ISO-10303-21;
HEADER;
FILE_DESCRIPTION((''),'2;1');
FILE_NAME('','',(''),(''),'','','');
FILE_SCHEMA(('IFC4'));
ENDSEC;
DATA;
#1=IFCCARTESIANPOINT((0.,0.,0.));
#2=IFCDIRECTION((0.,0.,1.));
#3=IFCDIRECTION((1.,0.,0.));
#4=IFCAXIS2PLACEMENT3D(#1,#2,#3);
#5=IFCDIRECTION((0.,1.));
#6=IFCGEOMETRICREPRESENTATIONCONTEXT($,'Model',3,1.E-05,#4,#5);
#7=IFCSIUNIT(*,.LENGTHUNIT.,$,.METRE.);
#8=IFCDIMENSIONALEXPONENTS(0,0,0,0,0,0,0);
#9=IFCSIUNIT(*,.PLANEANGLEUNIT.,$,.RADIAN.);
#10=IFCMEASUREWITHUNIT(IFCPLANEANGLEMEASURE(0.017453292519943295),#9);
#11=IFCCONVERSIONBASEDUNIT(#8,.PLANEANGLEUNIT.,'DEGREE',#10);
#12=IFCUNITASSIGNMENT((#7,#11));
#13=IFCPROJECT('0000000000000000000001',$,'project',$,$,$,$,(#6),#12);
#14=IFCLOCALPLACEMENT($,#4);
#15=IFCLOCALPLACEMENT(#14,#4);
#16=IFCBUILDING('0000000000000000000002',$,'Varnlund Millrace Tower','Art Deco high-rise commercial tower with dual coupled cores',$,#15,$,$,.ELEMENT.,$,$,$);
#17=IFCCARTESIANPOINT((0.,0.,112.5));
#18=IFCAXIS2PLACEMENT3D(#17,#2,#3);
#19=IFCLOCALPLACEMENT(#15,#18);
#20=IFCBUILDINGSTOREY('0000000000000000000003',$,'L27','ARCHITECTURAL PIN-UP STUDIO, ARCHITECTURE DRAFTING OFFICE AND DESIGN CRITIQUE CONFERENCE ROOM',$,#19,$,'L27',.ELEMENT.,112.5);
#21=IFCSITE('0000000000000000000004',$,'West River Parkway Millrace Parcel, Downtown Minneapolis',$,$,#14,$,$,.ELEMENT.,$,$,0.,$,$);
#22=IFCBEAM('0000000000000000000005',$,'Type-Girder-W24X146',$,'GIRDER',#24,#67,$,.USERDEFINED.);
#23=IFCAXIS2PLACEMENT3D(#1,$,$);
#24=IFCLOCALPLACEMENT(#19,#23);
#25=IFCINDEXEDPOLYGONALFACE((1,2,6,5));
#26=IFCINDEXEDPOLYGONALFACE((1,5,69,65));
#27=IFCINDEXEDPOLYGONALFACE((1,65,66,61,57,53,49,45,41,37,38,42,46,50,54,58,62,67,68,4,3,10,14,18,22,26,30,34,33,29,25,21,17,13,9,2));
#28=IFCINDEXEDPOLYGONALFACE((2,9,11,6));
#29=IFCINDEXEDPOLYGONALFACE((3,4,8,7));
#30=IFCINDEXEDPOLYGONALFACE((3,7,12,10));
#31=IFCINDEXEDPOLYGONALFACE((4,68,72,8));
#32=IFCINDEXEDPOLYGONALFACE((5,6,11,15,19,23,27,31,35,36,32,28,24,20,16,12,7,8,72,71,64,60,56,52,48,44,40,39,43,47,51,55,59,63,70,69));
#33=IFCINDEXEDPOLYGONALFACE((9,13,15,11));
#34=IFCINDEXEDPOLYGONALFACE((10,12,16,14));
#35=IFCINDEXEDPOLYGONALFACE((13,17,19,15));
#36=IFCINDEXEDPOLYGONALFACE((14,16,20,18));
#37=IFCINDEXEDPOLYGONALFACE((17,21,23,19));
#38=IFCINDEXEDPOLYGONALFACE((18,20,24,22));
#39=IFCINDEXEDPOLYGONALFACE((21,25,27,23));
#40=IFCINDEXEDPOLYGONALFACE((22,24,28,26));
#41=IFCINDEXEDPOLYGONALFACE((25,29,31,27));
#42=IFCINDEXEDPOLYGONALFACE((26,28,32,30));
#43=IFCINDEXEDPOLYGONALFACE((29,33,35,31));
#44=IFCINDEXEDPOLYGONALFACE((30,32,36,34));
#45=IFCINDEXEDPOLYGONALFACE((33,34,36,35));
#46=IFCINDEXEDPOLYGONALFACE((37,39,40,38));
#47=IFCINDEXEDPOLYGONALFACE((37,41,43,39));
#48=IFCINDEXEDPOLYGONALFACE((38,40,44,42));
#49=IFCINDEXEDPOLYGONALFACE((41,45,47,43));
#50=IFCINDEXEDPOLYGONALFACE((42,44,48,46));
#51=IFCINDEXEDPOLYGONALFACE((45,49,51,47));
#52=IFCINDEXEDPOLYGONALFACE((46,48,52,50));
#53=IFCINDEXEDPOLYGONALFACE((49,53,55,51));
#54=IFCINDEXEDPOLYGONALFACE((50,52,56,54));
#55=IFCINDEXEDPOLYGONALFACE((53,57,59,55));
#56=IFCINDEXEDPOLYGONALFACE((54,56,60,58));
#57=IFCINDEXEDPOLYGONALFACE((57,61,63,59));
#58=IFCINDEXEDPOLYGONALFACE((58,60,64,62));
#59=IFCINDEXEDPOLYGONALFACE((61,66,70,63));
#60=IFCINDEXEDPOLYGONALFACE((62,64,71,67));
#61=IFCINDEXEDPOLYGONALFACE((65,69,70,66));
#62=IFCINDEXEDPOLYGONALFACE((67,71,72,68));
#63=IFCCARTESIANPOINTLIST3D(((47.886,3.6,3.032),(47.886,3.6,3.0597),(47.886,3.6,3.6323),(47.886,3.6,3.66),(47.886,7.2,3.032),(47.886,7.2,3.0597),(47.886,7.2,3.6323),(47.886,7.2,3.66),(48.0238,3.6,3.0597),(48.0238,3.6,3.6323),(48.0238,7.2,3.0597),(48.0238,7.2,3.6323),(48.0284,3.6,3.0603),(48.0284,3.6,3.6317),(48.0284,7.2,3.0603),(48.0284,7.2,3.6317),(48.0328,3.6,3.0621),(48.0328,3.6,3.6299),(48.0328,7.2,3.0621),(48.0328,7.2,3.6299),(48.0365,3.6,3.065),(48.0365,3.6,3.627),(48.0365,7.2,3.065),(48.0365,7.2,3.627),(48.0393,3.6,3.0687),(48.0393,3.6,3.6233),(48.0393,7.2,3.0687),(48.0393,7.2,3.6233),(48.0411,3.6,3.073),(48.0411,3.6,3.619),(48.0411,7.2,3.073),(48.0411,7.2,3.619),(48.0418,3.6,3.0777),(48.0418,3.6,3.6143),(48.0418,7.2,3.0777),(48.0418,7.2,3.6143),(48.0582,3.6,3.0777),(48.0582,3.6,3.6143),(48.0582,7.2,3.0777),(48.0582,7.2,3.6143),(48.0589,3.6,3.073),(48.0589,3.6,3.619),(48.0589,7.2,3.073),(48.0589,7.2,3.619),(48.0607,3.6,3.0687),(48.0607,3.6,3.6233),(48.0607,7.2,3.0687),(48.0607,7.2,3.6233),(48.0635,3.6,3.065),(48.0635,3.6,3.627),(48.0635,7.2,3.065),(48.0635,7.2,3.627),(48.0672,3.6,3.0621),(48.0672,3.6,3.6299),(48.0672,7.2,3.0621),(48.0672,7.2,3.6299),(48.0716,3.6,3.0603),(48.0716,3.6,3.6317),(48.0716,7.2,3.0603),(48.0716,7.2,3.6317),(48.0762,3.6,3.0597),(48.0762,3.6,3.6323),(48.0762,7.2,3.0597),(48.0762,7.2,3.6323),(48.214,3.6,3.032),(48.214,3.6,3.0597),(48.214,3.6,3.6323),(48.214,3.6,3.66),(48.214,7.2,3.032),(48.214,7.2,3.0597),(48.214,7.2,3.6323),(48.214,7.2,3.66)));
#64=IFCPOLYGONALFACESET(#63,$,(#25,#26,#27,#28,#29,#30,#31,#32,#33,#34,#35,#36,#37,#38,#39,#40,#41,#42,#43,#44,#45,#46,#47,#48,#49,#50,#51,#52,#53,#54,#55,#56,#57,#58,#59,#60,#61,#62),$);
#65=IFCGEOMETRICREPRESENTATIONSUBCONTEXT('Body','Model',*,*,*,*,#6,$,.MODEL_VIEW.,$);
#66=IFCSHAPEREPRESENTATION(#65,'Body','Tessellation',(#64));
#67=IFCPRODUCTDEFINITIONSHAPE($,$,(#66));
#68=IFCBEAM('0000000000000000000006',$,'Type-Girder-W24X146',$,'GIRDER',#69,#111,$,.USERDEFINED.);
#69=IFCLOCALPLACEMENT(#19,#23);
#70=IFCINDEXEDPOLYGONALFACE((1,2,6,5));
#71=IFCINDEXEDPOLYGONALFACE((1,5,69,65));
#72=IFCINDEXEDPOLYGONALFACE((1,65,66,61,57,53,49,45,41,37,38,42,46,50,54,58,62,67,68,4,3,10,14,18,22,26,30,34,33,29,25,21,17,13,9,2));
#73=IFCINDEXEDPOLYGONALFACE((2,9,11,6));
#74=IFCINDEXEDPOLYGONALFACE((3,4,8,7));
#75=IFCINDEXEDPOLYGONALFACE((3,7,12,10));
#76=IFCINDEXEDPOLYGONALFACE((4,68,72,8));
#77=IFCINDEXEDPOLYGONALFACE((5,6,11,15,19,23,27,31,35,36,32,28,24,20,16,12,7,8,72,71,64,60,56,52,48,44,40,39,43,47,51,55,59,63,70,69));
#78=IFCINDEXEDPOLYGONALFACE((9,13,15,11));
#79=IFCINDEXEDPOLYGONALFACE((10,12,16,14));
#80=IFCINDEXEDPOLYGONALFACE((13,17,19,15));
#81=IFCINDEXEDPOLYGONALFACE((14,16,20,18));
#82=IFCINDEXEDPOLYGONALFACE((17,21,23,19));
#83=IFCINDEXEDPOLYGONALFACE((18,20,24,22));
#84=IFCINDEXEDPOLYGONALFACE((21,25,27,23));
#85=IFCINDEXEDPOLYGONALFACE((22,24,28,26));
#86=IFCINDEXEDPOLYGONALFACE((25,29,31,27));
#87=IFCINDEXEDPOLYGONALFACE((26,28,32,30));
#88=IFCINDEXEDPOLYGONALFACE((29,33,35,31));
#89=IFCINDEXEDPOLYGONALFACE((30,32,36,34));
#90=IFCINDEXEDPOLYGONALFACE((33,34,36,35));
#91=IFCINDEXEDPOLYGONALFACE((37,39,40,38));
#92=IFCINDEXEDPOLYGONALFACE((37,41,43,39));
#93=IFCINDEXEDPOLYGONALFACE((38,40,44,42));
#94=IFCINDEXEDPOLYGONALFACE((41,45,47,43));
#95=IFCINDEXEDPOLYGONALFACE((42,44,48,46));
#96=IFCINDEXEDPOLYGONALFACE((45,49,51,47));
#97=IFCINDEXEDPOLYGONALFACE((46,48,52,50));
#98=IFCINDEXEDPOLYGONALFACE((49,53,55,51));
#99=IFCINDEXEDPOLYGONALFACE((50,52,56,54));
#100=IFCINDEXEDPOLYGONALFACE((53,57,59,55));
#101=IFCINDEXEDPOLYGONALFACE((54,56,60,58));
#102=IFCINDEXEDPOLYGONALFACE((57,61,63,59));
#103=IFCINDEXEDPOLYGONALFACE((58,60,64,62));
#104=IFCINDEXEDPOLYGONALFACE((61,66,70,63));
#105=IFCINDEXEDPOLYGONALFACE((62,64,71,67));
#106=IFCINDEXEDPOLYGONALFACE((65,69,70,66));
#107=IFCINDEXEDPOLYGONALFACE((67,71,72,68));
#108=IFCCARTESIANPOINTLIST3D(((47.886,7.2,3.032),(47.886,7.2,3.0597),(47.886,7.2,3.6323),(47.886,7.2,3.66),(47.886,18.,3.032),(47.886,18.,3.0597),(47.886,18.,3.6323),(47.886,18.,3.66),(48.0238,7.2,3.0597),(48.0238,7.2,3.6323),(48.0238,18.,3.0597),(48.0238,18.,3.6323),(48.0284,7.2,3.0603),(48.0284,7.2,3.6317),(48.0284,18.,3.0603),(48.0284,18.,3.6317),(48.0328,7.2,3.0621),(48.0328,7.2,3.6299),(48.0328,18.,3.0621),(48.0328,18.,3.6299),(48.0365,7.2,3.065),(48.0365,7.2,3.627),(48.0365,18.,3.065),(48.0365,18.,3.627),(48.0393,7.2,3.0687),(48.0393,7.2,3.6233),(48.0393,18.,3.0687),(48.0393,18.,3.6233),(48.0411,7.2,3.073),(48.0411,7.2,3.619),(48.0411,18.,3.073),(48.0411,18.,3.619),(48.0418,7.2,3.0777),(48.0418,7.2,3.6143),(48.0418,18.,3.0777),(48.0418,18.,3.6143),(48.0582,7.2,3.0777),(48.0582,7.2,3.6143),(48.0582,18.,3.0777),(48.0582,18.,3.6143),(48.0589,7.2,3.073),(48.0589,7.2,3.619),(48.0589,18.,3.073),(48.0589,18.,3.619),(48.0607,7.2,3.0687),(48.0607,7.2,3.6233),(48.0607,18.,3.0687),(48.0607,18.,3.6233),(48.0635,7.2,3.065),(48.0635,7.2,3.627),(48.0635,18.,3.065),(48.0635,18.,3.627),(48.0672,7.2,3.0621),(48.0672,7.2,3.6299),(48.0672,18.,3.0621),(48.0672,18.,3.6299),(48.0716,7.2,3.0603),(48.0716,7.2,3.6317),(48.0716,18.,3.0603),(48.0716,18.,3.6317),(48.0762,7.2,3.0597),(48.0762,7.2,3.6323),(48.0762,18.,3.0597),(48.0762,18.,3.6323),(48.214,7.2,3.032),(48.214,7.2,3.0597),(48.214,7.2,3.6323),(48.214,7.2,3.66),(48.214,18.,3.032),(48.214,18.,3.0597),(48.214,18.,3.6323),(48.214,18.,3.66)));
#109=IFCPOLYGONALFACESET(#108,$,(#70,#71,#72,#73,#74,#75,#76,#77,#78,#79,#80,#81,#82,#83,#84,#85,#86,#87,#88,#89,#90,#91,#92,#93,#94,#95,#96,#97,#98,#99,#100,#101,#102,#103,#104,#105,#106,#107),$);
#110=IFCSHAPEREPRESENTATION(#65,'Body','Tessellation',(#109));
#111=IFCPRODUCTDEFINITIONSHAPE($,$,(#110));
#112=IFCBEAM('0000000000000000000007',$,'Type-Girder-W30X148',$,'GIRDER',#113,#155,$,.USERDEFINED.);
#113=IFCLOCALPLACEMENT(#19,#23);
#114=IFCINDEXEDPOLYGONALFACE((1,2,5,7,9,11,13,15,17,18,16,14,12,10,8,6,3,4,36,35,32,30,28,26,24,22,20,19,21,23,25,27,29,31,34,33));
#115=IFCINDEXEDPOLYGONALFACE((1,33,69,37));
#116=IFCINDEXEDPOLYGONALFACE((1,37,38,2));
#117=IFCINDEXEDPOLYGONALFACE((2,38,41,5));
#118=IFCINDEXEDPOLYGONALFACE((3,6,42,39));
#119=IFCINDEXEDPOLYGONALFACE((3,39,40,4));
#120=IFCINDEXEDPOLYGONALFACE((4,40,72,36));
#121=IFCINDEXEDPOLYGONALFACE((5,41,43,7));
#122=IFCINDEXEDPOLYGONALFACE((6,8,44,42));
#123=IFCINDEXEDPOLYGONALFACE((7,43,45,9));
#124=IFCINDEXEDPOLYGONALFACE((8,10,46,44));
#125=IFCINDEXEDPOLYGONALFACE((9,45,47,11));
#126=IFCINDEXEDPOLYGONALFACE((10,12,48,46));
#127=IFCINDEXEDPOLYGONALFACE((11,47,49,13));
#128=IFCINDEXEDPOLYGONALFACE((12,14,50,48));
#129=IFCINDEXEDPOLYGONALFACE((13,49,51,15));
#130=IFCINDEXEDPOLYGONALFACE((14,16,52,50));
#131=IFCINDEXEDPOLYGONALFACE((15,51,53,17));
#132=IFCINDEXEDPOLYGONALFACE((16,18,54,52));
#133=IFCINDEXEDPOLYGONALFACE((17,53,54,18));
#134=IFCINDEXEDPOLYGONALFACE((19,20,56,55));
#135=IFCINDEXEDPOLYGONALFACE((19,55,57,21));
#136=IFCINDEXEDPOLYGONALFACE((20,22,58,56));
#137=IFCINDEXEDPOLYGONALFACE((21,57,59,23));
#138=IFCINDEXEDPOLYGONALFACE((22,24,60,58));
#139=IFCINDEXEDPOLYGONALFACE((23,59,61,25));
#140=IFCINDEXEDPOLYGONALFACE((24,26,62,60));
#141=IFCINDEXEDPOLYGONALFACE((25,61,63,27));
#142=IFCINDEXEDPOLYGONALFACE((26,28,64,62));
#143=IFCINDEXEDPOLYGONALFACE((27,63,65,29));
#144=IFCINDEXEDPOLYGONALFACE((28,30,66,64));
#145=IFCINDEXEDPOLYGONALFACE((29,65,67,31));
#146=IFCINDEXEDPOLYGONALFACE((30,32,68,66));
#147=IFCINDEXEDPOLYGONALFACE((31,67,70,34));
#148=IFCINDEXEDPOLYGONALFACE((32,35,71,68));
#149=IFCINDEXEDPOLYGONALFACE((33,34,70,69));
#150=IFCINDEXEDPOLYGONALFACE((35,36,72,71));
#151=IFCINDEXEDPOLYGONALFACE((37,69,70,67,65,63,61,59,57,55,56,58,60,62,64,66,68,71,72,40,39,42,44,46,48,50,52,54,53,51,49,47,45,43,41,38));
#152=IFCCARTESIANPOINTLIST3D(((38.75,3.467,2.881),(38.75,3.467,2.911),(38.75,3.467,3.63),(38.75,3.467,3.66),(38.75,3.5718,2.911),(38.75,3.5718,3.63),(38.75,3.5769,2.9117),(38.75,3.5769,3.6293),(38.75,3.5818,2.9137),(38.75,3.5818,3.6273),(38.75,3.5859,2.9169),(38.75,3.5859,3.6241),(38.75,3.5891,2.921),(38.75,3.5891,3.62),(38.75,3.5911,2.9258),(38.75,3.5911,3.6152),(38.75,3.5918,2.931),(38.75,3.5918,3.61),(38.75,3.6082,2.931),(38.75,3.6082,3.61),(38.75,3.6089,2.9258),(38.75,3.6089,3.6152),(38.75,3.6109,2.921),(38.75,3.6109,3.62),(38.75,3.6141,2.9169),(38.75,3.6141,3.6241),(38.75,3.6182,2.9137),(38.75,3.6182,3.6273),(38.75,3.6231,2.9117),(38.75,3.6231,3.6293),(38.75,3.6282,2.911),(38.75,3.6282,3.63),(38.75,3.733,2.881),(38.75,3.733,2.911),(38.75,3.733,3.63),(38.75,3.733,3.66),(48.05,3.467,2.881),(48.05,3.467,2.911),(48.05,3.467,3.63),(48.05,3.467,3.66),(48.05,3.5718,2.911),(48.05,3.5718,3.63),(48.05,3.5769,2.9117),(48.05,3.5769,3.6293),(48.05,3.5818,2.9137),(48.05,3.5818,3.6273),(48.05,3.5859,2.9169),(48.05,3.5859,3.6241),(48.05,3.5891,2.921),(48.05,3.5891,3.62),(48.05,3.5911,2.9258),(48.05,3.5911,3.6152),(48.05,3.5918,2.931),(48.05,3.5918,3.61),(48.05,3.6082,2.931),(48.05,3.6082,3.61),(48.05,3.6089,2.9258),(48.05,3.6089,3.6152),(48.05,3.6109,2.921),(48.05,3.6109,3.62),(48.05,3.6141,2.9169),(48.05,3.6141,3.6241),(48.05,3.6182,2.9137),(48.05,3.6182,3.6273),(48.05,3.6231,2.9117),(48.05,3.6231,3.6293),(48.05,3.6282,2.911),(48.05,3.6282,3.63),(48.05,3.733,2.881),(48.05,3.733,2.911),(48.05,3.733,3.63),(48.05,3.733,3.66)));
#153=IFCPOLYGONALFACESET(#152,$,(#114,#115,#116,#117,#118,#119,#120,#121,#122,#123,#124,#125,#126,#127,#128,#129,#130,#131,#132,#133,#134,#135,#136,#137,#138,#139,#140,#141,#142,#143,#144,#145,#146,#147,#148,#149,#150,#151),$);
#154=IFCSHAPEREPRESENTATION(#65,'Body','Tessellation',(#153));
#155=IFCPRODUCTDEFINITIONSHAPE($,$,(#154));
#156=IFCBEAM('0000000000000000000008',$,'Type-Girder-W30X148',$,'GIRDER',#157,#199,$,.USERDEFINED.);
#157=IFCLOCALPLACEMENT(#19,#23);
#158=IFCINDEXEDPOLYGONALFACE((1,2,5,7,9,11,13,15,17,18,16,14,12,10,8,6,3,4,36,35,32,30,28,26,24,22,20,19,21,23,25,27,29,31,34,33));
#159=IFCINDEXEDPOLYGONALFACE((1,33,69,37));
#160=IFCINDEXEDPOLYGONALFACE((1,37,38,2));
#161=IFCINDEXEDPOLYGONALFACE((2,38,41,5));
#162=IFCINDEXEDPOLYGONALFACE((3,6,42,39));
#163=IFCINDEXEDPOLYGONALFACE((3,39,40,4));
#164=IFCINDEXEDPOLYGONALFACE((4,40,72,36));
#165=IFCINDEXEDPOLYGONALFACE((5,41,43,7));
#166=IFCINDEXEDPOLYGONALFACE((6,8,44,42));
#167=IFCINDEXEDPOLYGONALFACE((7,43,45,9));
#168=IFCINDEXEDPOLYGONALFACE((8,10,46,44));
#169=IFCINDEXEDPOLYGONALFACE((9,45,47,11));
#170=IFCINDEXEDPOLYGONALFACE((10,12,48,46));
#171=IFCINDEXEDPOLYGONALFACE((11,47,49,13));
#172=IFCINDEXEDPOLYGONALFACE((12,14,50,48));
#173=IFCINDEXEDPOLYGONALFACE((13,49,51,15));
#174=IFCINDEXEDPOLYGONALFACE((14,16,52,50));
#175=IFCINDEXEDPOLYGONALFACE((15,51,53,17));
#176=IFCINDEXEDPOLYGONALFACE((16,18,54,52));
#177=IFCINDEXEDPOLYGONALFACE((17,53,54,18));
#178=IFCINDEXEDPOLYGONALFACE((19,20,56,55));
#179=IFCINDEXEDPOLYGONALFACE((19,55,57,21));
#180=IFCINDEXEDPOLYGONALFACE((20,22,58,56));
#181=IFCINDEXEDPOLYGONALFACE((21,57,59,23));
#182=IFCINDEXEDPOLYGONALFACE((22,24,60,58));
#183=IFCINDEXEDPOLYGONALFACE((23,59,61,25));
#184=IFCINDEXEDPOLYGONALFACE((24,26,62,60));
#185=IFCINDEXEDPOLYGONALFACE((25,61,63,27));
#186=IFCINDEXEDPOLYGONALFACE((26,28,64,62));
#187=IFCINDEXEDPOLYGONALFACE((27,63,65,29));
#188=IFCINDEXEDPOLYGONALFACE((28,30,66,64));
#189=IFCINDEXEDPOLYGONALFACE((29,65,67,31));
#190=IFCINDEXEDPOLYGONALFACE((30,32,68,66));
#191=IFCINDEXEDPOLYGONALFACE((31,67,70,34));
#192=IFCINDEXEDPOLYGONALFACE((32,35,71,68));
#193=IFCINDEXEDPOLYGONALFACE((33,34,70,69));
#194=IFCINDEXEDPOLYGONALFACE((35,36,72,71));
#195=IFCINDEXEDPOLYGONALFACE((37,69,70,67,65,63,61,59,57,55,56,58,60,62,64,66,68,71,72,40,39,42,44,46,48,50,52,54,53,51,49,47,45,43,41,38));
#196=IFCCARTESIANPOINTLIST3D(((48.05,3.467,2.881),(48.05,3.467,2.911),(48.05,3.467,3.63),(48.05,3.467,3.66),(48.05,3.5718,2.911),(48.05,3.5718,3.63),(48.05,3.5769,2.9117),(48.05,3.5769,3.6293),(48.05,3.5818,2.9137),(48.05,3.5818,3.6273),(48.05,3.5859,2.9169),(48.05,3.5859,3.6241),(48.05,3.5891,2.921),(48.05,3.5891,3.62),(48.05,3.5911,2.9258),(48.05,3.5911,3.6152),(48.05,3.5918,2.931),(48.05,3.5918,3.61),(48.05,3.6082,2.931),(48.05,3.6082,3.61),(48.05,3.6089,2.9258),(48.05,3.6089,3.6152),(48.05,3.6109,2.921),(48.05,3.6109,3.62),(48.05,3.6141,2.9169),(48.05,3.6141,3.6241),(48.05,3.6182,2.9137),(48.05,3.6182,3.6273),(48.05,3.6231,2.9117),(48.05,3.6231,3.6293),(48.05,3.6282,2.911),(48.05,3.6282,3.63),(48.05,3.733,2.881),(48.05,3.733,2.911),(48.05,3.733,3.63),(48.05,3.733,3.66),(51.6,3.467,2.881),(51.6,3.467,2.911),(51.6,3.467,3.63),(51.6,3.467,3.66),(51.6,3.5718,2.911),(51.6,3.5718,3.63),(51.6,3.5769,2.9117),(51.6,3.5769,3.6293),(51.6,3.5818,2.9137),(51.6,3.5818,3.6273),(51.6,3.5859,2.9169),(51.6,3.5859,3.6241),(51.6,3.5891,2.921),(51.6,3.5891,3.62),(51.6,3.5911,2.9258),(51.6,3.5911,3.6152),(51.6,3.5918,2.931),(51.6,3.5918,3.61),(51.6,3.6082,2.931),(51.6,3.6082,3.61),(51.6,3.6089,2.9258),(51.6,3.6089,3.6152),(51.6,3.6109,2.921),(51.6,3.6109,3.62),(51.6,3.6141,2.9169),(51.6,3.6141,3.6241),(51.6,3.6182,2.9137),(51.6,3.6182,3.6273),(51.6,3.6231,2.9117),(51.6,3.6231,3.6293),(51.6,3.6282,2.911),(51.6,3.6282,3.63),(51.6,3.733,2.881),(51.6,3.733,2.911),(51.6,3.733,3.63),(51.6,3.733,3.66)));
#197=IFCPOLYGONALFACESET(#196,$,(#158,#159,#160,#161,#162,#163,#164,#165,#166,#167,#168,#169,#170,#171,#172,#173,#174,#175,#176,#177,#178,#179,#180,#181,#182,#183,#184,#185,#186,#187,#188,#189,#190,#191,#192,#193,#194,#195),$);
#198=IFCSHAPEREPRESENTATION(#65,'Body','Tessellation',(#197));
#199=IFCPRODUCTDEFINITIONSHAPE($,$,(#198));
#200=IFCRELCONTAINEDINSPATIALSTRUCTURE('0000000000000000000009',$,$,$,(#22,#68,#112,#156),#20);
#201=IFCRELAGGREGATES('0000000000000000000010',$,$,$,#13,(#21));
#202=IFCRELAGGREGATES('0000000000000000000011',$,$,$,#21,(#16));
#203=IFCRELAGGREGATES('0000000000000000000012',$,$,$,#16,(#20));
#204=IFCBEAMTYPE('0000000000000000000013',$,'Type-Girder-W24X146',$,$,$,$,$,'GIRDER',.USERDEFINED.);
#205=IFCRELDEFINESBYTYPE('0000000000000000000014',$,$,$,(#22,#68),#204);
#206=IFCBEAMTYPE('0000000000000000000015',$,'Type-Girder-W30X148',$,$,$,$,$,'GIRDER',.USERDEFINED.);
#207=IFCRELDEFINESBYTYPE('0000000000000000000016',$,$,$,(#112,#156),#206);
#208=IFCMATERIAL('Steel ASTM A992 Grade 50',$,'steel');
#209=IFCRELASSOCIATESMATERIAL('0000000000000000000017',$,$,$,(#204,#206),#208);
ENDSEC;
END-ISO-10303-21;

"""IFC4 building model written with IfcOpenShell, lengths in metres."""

from ifc_helpers import new_model, entity, si_unit, converted_unit, direction, frame, origin_with_axes, origin_2d_with_axis, place, context, subcontext, project, spatial, i_section, extrude, material, material_profile, profile_set, type_object, element, save


model = new_model("IFC4")

# Units and contexts
model_context = context("Model", 3, precision=1e-05, world=origin_with_axes(), true_north=direction((0.0, 1.0)))
body_context = subcontext(model_context, "Body", "Model", "MODEL_VIEW")
ifc_project = project(units=[si_unit("LENGTHUNIT", "METRE"), converted_unit("PLANEANGLEUNIT", "DEGREE", entity("IfcPlaneAngleMeasure", 0.017453292519943295), si_unit("PLANEANGLEUNIT", "RADIAN"), dimensions=[0, 0, 0, 0, 0, 0, 0])], contexts=[model_context])

# Site, building, storey
site_placement = place(None, origin_with_axes())
site = spatial("IfcSite", under=ifc_project, at=site_placement, Name="West River Parkway Millrace Parcel, Downtown Minneapolis", CompositionType="ELEMENT", RefElevation=0.0)
building_placement = place(site_placement, origin_with_axes())
building = spatial("IfcBuilding", under=site, at=building_placement, Name="Varnlund Millrace Tower", Description="Art Deco high-rise commercial tower with dual coupled cores", CompositionType="ELEMENT")
storey_placement = place(building_placement, frame((0.0, 0.0, 112.5), z_axis=(0.0, 0.0, 1.0), x_axis=(1.0, 0.0, 0.0)))
storey = spatial("IfcBuildingStorey", under=building, at=storey_placement, Name="L27", Description="ARCHITECTURAL PIN-UP STUDIO, ARCHITECTURE DRAFTING OFFICE AND DESIGN CRITIQUE CONFERENCE ROOM", LongName="L27", CompositionType="ELEMENT", Elevation=112.5)

# Beams
ifc_material_1 = material(Name="Steel ASTM A992 Grade 50", Category="steel")
ifc_material_profile_1 = material_profile(ifc_material_1, i_section(OverallWidth=0.328, OverallDepth=0.628, WebThickness=0.0165, FlangeThickness=0.0277, FilletRadius=0.018, at=origin_2d_with_axis()), Name="Steel ASTM A992 Grade 50")
ifc_profile_set_1 = profile_set([ifc_material_profile_1], Name="Steel ASTM A992 Grade 50")
beam_type_1 = type_object("IfcBeamType", Name="Type-Girder-W24X146", ElementType="GIRDER", PredefinedType="USERDEFINED", material=ifc_profile_set_1)
beam_1_placement = place(storey_placement, frame((48.05, 3.6, 3.346), z_axis=(0.0, 1.0, 0.0), x_axis=(-1.0, 0.0, 0.0)))
element("IfcBeam", 1, at=beam_1_placement, inside=storey, type_object=beam_type_1, Name="Type-Girder-W24X146", ObjectType="GIRDER", PredefinedType="USERDEFINED", context=body_context, shape_type="SweptSolid", body=[
    extrude(i_section(OverallWidth=0.328, OverallDepth=0.628, WebThickness=0.0165, FlangeThickness=0.0277, FilletRadius=0.018, at=origin_2d_with_axis()), origin_with_axes(), (0.0, 0.0, 1.0), 3.6),
])
beam_2_placement = place(storey_placement, frame((48.05, 7.2, 3.346), z_axis=(0.0, 1.0, 0.0), x_axis=(-1.0, 0.0, 0.0)))
element("IfcBeam", 2, at=beam_2_placement, inside=storey, type_object=beam_type_1, Name="Type-Girder-W24X146", ObjectType="GIRDER", PredefinedType="USERDEFINED", context=body_context, shape_type="SweptSolid", body=[
    extrude(i_section(OverallWidth=0.328, OverallDepth=0.628, WebThickness=0.0165, FlangeThickness=0.0277, FilletRadius=0.018, at=origin_2d_with_axis()), origin_with_axes(), (0.0, 0.0, 1.0), 10.8),
])
ifc_material_profile_2 = material_profile(ifc_material_1, i_section(OverallWidth=0.266, OverallDepth=0.779, WebThickness=0.0165, FlangeThickness=0.03, FilletRadius=0.02, at=origin_2d_with_axis()), Name="Steel ASTM A992 Grade 50")
ifc_profile_set_2 = profile_set([ifc_material_profile_2], Name="Steel ASTM A992 Grade 50")
beam_type_2 = type_object("IfcBeamType", Name="Type-Girder-W30X148", ElementType="GIRDER", PredefinedType="USERDEFINED", material=ifc_profile_set_2)
beam_3_placement = place(storey_placement, frame((38.75, 3.6, 3.2705), z_axis=(1.0, 0.0, 0.0), x_axis=(0.0, 1.0, 0.0)))
element("IfcBeam", 3, at=beam_3_placement, inside=storey, type_object=beam_type_2, Name="Type-Girder-W30X148", ObjectType="GIRDER", PredefinedType="USERDEFINED", context=body_context, shape_type="SweptSolid", body=[
    extrude(i_section(OverallWidth=0.266, OverallDepth=0.779, WebThickness=0.0165, FlangeThickness=0.03, FilletRadius=0.02, at=origin_2d_with_axis()), origin_with_axes(), (0.0, 0.0, 1.0), 9.3),
])
beam_4_placement = place(storey_placement, frame((48.05, 3.6, 3.2705), z_axis=(1.0, 0.0, 0.0), x_axis=(0.0, 1.0, 0.0)))
element("IfcBeam", 4, at=beam_4_placement, inside=storey, type_object=beam_type_2, Name="Type-Girder-W30X148", ObjectType="GIRDER", PredefinedType="USERDEFINED", context=body_context, shape_type="SweptSolid", body=[
    extrude(i_section(OverallWidth=0.266, OverallDepth=0.779, WebThickness=0.0165, FlangeThickness=0.03, FilletRadius=0.02, at=origin_2d_with_axis()), origin_with_axes(), (0.0, 0.0, 1.0), 3.55),
])

save(model, "model.ifc")
